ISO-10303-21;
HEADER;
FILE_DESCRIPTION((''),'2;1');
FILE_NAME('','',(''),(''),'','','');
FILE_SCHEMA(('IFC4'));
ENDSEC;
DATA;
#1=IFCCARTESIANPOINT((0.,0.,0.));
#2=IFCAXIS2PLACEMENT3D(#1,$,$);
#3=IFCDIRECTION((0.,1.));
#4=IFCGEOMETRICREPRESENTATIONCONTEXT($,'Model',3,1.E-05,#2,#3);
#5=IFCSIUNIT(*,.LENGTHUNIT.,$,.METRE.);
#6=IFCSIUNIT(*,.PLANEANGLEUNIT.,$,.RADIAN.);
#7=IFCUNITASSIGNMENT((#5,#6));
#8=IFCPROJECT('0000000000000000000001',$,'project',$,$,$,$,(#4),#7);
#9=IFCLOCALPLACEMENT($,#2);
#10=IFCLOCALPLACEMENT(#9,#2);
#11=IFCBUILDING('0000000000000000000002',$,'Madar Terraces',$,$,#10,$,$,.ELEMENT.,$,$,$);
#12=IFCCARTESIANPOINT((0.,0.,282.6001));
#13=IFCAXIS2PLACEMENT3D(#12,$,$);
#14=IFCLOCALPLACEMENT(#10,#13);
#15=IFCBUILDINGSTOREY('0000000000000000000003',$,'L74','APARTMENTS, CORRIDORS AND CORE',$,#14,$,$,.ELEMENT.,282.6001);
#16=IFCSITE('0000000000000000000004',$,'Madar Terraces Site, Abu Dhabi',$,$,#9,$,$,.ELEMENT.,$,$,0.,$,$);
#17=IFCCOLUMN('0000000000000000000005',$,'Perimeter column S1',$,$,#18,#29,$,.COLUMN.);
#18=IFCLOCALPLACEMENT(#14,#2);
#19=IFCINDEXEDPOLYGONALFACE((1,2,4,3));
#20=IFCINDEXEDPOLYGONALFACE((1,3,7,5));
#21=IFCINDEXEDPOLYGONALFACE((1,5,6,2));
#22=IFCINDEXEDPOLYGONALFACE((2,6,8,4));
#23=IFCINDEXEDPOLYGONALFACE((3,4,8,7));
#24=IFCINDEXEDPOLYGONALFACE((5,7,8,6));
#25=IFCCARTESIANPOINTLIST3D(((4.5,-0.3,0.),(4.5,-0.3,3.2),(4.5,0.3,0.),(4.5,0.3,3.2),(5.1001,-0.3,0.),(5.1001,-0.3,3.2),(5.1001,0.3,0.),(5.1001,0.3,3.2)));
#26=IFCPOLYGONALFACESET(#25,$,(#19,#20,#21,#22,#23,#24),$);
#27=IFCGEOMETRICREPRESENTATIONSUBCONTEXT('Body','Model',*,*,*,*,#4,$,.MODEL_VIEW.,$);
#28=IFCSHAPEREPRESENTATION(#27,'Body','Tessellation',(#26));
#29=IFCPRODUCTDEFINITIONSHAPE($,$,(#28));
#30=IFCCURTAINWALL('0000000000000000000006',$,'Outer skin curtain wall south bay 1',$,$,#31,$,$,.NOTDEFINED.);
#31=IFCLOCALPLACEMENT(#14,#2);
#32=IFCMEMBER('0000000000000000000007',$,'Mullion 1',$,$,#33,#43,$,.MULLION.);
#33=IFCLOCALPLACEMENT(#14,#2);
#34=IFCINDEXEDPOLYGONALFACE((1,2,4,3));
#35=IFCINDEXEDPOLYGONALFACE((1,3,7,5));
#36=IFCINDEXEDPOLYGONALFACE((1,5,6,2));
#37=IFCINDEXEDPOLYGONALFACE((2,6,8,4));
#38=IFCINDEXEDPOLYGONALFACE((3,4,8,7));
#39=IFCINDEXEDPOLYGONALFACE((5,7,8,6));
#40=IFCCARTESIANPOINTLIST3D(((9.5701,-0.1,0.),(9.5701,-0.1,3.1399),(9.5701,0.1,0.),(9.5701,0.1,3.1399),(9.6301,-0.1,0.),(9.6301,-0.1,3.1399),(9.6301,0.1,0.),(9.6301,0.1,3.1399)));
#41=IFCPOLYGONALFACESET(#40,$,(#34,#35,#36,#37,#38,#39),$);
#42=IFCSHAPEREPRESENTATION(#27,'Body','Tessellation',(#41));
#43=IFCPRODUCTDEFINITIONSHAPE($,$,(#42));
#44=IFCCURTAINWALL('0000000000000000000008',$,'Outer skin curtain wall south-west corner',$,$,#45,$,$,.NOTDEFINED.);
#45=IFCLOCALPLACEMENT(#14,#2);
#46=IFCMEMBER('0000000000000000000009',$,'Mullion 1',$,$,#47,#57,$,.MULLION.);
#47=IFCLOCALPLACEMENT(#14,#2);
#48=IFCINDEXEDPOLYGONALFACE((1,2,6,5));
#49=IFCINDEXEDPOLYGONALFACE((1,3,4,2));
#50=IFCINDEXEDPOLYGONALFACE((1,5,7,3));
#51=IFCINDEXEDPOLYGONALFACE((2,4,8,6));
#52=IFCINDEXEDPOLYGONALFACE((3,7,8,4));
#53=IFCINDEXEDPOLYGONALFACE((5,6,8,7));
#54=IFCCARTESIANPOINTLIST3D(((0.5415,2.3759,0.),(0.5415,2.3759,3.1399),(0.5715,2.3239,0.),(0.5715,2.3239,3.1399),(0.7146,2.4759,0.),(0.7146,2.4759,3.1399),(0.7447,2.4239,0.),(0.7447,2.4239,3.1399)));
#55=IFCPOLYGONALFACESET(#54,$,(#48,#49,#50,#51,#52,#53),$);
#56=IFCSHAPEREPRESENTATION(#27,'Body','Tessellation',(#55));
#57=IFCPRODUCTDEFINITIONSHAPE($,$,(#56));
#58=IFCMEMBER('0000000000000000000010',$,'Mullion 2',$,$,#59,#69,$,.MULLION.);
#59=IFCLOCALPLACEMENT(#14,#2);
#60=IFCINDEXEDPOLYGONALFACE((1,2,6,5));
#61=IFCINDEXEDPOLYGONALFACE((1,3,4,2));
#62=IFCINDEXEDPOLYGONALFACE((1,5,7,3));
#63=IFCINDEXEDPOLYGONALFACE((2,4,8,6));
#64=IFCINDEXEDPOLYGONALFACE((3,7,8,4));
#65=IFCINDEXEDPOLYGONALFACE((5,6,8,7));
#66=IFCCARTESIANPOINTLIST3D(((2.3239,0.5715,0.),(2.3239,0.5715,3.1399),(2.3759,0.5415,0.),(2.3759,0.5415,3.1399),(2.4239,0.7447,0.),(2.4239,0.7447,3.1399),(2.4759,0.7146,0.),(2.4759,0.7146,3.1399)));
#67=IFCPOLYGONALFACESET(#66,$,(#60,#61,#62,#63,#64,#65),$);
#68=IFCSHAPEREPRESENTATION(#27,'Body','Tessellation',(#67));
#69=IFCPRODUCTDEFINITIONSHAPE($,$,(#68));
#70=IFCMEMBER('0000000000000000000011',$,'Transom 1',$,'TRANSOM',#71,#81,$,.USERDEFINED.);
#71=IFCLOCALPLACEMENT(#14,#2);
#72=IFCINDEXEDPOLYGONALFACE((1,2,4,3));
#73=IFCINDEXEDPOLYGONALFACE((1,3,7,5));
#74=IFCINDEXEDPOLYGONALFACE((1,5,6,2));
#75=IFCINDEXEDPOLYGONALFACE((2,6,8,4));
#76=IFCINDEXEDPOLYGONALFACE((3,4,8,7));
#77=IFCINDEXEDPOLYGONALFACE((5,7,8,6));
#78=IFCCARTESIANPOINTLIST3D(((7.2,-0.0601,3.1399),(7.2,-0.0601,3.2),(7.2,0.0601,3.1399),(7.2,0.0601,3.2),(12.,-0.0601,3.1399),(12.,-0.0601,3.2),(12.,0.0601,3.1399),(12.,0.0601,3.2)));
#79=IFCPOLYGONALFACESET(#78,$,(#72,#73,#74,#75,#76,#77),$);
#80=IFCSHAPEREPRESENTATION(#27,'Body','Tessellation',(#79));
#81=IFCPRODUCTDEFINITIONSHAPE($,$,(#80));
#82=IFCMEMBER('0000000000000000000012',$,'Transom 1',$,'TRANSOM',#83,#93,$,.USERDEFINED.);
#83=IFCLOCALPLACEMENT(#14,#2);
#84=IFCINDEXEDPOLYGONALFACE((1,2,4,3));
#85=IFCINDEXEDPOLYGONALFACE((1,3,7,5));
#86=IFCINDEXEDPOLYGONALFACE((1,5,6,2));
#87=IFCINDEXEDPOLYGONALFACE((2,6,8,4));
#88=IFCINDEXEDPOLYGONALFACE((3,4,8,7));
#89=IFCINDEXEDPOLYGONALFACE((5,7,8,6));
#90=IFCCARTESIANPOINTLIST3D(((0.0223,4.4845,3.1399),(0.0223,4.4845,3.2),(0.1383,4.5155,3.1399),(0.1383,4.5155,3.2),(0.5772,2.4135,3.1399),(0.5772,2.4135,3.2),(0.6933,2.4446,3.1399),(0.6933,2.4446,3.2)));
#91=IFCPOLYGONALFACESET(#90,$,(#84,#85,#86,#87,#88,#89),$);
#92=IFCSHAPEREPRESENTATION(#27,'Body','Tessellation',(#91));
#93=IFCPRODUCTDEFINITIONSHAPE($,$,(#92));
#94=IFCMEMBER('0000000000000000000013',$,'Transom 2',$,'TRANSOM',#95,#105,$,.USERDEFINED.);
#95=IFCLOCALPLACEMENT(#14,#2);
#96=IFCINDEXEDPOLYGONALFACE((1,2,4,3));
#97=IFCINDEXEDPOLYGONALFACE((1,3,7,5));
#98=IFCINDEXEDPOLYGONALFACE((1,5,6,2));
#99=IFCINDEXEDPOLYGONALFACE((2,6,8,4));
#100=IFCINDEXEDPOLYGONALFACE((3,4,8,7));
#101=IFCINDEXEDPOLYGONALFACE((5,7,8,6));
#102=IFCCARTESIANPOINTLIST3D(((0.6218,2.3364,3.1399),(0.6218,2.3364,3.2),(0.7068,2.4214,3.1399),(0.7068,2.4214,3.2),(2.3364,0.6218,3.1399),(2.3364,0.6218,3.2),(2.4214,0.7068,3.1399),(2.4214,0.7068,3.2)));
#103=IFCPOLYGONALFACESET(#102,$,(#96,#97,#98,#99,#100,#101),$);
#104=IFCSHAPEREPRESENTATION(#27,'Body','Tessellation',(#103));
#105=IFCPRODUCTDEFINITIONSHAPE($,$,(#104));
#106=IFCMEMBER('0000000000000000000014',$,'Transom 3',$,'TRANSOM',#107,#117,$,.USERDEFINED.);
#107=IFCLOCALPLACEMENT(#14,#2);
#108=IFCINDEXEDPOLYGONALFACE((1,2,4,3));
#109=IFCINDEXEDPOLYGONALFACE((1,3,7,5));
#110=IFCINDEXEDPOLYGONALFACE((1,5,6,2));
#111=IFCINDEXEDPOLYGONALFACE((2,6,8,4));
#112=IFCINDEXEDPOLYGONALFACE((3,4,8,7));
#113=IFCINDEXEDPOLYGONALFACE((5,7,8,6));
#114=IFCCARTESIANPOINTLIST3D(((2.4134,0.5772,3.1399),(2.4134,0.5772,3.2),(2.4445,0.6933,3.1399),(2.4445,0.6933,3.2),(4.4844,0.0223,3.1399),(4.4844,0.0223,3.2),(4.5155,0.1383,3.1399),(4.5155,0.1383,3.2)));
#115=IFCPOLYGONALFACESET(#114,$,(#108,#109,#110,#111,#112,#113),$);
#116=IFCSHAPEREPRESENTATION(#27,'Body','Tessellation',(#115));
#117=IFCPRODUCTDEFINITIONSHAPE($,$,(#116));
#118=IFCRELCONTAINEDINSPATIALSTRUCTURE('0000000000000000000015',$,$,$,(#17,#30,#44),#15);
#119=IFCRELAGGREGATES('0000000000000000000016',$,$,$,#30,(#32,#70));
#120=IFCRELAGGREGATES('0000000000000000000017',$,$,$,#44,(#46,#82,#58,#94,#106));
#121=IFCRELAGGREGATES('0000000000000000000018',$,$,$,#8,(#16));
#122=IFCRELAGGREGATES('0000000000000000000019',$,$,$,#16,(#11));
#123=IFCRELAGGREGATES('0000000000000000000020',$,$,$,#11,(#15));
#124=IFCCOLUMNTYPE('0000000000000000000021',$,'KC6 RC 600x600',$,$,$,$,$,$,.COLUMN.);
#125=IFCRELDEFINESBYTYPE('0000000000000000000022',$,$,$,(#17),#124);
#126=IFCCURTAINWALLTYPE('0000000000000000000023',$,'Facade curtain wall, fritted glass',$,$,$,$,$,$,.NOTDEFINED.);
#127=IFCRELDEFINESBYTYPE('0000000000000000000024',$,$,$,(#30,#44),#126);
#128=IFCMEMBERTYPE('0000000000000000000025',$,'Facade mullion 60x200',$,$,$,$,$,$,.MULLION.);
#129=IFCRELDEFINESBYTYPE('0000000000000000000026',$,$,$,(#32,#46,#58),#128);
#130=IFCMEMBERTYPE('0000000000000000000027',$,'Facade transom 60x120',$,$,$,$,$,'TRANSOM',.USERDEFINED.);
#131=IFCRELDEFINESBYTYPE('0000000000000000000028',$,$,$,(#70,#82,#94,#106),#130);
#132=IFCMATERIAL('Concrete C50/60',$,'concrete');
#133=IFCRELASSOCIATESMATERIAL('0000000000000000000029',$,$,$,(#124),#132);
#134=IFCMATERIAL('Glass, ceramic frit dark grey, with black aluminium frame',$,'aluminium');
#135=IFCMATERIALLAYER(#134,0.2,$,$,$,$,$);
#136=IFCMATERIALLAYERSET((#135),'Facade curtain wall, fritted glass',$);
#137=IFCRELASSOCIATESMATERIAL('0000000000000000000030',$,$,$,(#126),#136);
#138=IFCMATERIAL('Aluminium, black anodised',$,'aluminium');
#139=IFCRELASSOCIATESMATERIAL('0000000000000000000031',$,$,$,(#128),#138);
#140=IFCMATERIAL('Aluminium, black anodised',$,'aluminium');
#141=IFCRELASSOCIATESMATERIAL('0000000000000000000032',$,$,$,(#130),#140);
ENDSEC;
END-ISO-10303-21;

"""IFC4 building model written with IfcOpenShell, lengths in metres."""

from ifc_helpers import new_model, si_unit, direction, frame, origin, origin_2d, place, context, subcontext, project, spatial, rectangle, extrude, material, layer, layer_set, material_profile, profile_set, type_object, element, aggregate, save


model = new_model("IFC4")

# Units and contexts
model_context = context("Model", 3, precision=1e-05, world=origin(), true_north=direction((0.0, 1.0)))
body_context = subcontext(model_context, "Body", "Model", "MODEL_VIEW")
ifc_project = project(units=[si_unit("LENGTHUNIT", "METRE"), si_unit("PLANEANGLEUNIT", "RADIAN")], contexts=[model_context])

# Site, building, storey
site_placement = place(None, origin())
site = spatial("IfcSite", under=ifc_project, at=site_placement, Name="Madar Terraces Site, Abu Dhabi", CompositionType="ELEMENT", RefElevation=0.0)
building_placement = place(site_placement, origin())
building = spatial("IfcBuilding", under=site, at=building_placement, Name="Madar Terraces", CompositionType="ELEMENT")
storey_placement = place(building_placement, frame((0.0, 0.0, 282.6001)))
storey = spatial("IfcBuildingStorey", under=building, at=storey_placement, Name="L74", Description="APARTMENTS, CORRIDORS AND CORE", CompositionType="ELEMENT", Elevation=282.6001)

# Column
ifc_material_1 = material(Name="Concrete C50/60", Category="concrete")
ifc_material_profile_1 = material_profile(ifc_material_1, rectangle(XDim=0.6001, YDim=0.6001, at=origin_2d()), Name="KC6 RC 600x600")
ifc_profile_set_1 = profile_set([ifc_material_profile_1], Name="Concrete C50/60")
column_type = type_object("IfcColumnType", Name="KC6 RC 600x600", PredefinedType="COLUMN", material=ifc_profile_set_1)
column_placement = place(storey_placement, frame((4.8, 0.0, 0.0), z_axis=(0.0, 0.0, 1.0), x_axis=(1.0, 0.0, 0.0)))
element("IfcColumn", 1, at=column_placement, inside=storey, type_object=column_type, Name="Perimeter column S1", PredefinedType="COLUMN", context=body_context, shape_type="SweptSolid", body=[
    extrude(rectangle(XDim=0.6001, YDim=0.6001, at=origin_2d()), origin(), (0.0, 0.0, 1.0), 3.2),
])

# Curtain wall, member
ifc_material_2 = material(Name="Glass, ceramic frit dark grey, with black aluminium frame", Category="aluminium")
ifc_layer_1 = layer(ifc_material_2, 0.2)
ifc_layer_set_1 = layer_set([ifc_layer_1], Name="Facade curtain wall, fritted glass")
curtain_wall_type = type_object("IfcCurtainWallType", Name="Facade curtain wall, fritted glass", PredefinedType="NOTDEFINED", material=ifc_layer_set_1)
curtain_wall_1_placement = place(storey_placement, origin())
curtain_wall_1 = element("IfcCurtainWall", 2, at=curtain_wall_1_placement, inside=storey, type_object=curtain_wall_type, Name="Outer skin curtain wall south bay 1", PredefinedType="NOTDEFINED")
ifc_material_3 = material(Name="Aluminium, black anodised", Category="aluminium")
ifc_material_profile_2 = material_profile(ifc_material_3, rectangle(XDim=0.2, YDim=0.0601, at=origin_2d()), Name="Facade mullion 60x200")
ifc_profile_set_2 = profile_set([ifc_material_profile_2], Name="Aluminium, black anodised")
member_type_1 = type_object("IfcMemberType", Name="Facade mullion 60x200", PredefinedType="MULLION", material=ifc_profile_set_2)
member_1_placement = place(storey_placement, frame((9.6001, 0.0, 0.0), z_axis=(0.0, 0.0, 1.0), x_axis=(0.0, 1.0, 0.0)))
member_1 = element("IfcMember", 3, at=member_1_placement, type_object=member_type_1, Name="Mullion 1", PredefinedType="MULLION", context=body_context, shape_type="SweptSolid", body=[
    extrude(rectangle(XDim=0.2, YDim=0.0601, at=origin_2d()), origin(), (0.0, 0.0, 1.0), 3.1399),
])

# Curtain wall, members
curtain_wall_2_placement = place(storey_placement, origin())
curtain_wall_2 = element("IfcCurtainWall", 4, at=curtain_wall_2_placement, inside=storey, type_object=curtain_wall_type, Name="Outer skin curtain wall south-west corner", PredefinedType="NOTDEFINED")
member_2_placement = place(storey_placement, frame((0.6431, 2.3999, 0.0), z_axis=(0.0, 0.0, 1.0), x_axis=(0.866025, 0.5, 0.0)))
member_2 = element("IfcMember", 5, at=member_2_placement, type_object=member_type_1, Name="Mullion 1", PredefinedType="MULLION", context=body_context, shape_type="SweptSolid", body=[
    extrude(rectangle(XDim=0.2, YDim=0.0601, at=origin_2d()), origin(), (0.0, 0.0, 1.0), 3.1399),
])
member_3_placement = place(storey_placement, frame((2.3999, 0.6431, 0.0), z_axis=(0.0, 0.0, 1.0), x_axis=(0.5, 0.866025, 0.0)))
member_3 = element("IfcMember", 6, at=member_3_placement, type_object=member_type_1, Name="Mullion 2", PredefinedType="MULLION", context=body_context, shape_type="SweptSolid", body=[
    extrude(rectangle(XDim=0.2, YDim=0.0601, at=origin_2d()), origin(), (0.0, 0.0, 1.0), 3.1399),
])

# Members
ifc_material_4 = material(Name="Aluminium, black anodised", Category="aluminium")
ifc_material_profile_3 = material_profile(ifc_material_4, rectangle(XDim=0.1201, YDim=0.0601, at=origin_2d()), Name="Facade transom 60x120")
ifc_profile_set_3 = profile_set([ifc_material_profile_3], Name="Aluminium, black anodised")
member_type_2 = type_object("IfcMemberType", Name="Facade transom 60x120", ElementType="TRANSOM", PredefinedType="USERDEFINED", material=ifc_profile_set_3)
member_4_placement = place(storey_placement, frame((7.2, 0.0, 3.1699), z_axis=(1.0, 0.0, 0.0), x_axis=(0.0, 1.0, 0.0)))
member_4 = element("IfcMember", 7, at=member_4_placement, type_object=member_type_2, Name="Transom 1", ObjectType="TRANSOM", PredefinedType="USERDEFINED", context=body_context, shape_type="SweptSolid", body=[
    extrude(rectangle(XDim=0.1201, YDim=0.0601, at=origin_2d()), origin(), (0.0, 0.0, 1.0), 4.8),
])
member_5_placement = place(storey_placement, frame((0.0803, 4.5, 3.1699), z_axis=(0.258818, -0.965926, 0.0), x_axis=(0.965926, 0.258818, 0.0)))
member_5 = element("IfcMember", 8, at=member_5_placement, type_object=member_type_2, Name="Transom 1", ObjectType="TRANSOM", PredefinedType="USERDEFINED", context=body_context, shape_type="SweptSolid", body=[
    extrude(rectangle(XDim=0.1201, YDim=0.0601, at=origin_2d()), origin(), (0.0, 0.0, 1.0), 2.144),
])
member_6_placement = place(storey_placement, frame((0.6643, 2.3789, 3.1699), z_axis=(0.707107, -0.707107, 0.0), x_axis=(0.707107, 0.707107, 0.0)))
member_6 = element("IfcMember", 9, at=member_6_placement, type_object=member_type_2, Name="Transom 2", ObjectType="TRANSOM", PredefinedType="USERDEFINED", context=body_context, shape_type="SweptSolid", body=[
    extrude(rectangle(XDim=0.1201, YDim=0.0601, at=origin_2d()), origin(), (0.0, 0.0, 1.0), 2.4248),
])
member_7_placement = place(storey_placement, frame((2.429, 0.6353, 3.1699), z_axis=(0.965926, -0.258818, 0.0), x_axis=(0.258818, 0.965926, 0.0)))
member_7 = element("IfcMember", 10, at=member_7_placement, type_object=member_type_2, Name="Transom 3", ObjectType="TRANSOM", PredefinedType="USERDEFINED", context=body_context, shape_type="SweptSolid", body=[
    extrude(rectangle(XDim=0.1201, YDim=0.0601, at=origin_2d()), origin(), (0.0, 0.0, 1.0), 2.144),
])

aggregate(curtain_wall_1, [member_1, member_4])
aggregate(curtain_wall_2, [member_2, member_5, member_3, member_6, member_7])

save(model, "model.ifc")
